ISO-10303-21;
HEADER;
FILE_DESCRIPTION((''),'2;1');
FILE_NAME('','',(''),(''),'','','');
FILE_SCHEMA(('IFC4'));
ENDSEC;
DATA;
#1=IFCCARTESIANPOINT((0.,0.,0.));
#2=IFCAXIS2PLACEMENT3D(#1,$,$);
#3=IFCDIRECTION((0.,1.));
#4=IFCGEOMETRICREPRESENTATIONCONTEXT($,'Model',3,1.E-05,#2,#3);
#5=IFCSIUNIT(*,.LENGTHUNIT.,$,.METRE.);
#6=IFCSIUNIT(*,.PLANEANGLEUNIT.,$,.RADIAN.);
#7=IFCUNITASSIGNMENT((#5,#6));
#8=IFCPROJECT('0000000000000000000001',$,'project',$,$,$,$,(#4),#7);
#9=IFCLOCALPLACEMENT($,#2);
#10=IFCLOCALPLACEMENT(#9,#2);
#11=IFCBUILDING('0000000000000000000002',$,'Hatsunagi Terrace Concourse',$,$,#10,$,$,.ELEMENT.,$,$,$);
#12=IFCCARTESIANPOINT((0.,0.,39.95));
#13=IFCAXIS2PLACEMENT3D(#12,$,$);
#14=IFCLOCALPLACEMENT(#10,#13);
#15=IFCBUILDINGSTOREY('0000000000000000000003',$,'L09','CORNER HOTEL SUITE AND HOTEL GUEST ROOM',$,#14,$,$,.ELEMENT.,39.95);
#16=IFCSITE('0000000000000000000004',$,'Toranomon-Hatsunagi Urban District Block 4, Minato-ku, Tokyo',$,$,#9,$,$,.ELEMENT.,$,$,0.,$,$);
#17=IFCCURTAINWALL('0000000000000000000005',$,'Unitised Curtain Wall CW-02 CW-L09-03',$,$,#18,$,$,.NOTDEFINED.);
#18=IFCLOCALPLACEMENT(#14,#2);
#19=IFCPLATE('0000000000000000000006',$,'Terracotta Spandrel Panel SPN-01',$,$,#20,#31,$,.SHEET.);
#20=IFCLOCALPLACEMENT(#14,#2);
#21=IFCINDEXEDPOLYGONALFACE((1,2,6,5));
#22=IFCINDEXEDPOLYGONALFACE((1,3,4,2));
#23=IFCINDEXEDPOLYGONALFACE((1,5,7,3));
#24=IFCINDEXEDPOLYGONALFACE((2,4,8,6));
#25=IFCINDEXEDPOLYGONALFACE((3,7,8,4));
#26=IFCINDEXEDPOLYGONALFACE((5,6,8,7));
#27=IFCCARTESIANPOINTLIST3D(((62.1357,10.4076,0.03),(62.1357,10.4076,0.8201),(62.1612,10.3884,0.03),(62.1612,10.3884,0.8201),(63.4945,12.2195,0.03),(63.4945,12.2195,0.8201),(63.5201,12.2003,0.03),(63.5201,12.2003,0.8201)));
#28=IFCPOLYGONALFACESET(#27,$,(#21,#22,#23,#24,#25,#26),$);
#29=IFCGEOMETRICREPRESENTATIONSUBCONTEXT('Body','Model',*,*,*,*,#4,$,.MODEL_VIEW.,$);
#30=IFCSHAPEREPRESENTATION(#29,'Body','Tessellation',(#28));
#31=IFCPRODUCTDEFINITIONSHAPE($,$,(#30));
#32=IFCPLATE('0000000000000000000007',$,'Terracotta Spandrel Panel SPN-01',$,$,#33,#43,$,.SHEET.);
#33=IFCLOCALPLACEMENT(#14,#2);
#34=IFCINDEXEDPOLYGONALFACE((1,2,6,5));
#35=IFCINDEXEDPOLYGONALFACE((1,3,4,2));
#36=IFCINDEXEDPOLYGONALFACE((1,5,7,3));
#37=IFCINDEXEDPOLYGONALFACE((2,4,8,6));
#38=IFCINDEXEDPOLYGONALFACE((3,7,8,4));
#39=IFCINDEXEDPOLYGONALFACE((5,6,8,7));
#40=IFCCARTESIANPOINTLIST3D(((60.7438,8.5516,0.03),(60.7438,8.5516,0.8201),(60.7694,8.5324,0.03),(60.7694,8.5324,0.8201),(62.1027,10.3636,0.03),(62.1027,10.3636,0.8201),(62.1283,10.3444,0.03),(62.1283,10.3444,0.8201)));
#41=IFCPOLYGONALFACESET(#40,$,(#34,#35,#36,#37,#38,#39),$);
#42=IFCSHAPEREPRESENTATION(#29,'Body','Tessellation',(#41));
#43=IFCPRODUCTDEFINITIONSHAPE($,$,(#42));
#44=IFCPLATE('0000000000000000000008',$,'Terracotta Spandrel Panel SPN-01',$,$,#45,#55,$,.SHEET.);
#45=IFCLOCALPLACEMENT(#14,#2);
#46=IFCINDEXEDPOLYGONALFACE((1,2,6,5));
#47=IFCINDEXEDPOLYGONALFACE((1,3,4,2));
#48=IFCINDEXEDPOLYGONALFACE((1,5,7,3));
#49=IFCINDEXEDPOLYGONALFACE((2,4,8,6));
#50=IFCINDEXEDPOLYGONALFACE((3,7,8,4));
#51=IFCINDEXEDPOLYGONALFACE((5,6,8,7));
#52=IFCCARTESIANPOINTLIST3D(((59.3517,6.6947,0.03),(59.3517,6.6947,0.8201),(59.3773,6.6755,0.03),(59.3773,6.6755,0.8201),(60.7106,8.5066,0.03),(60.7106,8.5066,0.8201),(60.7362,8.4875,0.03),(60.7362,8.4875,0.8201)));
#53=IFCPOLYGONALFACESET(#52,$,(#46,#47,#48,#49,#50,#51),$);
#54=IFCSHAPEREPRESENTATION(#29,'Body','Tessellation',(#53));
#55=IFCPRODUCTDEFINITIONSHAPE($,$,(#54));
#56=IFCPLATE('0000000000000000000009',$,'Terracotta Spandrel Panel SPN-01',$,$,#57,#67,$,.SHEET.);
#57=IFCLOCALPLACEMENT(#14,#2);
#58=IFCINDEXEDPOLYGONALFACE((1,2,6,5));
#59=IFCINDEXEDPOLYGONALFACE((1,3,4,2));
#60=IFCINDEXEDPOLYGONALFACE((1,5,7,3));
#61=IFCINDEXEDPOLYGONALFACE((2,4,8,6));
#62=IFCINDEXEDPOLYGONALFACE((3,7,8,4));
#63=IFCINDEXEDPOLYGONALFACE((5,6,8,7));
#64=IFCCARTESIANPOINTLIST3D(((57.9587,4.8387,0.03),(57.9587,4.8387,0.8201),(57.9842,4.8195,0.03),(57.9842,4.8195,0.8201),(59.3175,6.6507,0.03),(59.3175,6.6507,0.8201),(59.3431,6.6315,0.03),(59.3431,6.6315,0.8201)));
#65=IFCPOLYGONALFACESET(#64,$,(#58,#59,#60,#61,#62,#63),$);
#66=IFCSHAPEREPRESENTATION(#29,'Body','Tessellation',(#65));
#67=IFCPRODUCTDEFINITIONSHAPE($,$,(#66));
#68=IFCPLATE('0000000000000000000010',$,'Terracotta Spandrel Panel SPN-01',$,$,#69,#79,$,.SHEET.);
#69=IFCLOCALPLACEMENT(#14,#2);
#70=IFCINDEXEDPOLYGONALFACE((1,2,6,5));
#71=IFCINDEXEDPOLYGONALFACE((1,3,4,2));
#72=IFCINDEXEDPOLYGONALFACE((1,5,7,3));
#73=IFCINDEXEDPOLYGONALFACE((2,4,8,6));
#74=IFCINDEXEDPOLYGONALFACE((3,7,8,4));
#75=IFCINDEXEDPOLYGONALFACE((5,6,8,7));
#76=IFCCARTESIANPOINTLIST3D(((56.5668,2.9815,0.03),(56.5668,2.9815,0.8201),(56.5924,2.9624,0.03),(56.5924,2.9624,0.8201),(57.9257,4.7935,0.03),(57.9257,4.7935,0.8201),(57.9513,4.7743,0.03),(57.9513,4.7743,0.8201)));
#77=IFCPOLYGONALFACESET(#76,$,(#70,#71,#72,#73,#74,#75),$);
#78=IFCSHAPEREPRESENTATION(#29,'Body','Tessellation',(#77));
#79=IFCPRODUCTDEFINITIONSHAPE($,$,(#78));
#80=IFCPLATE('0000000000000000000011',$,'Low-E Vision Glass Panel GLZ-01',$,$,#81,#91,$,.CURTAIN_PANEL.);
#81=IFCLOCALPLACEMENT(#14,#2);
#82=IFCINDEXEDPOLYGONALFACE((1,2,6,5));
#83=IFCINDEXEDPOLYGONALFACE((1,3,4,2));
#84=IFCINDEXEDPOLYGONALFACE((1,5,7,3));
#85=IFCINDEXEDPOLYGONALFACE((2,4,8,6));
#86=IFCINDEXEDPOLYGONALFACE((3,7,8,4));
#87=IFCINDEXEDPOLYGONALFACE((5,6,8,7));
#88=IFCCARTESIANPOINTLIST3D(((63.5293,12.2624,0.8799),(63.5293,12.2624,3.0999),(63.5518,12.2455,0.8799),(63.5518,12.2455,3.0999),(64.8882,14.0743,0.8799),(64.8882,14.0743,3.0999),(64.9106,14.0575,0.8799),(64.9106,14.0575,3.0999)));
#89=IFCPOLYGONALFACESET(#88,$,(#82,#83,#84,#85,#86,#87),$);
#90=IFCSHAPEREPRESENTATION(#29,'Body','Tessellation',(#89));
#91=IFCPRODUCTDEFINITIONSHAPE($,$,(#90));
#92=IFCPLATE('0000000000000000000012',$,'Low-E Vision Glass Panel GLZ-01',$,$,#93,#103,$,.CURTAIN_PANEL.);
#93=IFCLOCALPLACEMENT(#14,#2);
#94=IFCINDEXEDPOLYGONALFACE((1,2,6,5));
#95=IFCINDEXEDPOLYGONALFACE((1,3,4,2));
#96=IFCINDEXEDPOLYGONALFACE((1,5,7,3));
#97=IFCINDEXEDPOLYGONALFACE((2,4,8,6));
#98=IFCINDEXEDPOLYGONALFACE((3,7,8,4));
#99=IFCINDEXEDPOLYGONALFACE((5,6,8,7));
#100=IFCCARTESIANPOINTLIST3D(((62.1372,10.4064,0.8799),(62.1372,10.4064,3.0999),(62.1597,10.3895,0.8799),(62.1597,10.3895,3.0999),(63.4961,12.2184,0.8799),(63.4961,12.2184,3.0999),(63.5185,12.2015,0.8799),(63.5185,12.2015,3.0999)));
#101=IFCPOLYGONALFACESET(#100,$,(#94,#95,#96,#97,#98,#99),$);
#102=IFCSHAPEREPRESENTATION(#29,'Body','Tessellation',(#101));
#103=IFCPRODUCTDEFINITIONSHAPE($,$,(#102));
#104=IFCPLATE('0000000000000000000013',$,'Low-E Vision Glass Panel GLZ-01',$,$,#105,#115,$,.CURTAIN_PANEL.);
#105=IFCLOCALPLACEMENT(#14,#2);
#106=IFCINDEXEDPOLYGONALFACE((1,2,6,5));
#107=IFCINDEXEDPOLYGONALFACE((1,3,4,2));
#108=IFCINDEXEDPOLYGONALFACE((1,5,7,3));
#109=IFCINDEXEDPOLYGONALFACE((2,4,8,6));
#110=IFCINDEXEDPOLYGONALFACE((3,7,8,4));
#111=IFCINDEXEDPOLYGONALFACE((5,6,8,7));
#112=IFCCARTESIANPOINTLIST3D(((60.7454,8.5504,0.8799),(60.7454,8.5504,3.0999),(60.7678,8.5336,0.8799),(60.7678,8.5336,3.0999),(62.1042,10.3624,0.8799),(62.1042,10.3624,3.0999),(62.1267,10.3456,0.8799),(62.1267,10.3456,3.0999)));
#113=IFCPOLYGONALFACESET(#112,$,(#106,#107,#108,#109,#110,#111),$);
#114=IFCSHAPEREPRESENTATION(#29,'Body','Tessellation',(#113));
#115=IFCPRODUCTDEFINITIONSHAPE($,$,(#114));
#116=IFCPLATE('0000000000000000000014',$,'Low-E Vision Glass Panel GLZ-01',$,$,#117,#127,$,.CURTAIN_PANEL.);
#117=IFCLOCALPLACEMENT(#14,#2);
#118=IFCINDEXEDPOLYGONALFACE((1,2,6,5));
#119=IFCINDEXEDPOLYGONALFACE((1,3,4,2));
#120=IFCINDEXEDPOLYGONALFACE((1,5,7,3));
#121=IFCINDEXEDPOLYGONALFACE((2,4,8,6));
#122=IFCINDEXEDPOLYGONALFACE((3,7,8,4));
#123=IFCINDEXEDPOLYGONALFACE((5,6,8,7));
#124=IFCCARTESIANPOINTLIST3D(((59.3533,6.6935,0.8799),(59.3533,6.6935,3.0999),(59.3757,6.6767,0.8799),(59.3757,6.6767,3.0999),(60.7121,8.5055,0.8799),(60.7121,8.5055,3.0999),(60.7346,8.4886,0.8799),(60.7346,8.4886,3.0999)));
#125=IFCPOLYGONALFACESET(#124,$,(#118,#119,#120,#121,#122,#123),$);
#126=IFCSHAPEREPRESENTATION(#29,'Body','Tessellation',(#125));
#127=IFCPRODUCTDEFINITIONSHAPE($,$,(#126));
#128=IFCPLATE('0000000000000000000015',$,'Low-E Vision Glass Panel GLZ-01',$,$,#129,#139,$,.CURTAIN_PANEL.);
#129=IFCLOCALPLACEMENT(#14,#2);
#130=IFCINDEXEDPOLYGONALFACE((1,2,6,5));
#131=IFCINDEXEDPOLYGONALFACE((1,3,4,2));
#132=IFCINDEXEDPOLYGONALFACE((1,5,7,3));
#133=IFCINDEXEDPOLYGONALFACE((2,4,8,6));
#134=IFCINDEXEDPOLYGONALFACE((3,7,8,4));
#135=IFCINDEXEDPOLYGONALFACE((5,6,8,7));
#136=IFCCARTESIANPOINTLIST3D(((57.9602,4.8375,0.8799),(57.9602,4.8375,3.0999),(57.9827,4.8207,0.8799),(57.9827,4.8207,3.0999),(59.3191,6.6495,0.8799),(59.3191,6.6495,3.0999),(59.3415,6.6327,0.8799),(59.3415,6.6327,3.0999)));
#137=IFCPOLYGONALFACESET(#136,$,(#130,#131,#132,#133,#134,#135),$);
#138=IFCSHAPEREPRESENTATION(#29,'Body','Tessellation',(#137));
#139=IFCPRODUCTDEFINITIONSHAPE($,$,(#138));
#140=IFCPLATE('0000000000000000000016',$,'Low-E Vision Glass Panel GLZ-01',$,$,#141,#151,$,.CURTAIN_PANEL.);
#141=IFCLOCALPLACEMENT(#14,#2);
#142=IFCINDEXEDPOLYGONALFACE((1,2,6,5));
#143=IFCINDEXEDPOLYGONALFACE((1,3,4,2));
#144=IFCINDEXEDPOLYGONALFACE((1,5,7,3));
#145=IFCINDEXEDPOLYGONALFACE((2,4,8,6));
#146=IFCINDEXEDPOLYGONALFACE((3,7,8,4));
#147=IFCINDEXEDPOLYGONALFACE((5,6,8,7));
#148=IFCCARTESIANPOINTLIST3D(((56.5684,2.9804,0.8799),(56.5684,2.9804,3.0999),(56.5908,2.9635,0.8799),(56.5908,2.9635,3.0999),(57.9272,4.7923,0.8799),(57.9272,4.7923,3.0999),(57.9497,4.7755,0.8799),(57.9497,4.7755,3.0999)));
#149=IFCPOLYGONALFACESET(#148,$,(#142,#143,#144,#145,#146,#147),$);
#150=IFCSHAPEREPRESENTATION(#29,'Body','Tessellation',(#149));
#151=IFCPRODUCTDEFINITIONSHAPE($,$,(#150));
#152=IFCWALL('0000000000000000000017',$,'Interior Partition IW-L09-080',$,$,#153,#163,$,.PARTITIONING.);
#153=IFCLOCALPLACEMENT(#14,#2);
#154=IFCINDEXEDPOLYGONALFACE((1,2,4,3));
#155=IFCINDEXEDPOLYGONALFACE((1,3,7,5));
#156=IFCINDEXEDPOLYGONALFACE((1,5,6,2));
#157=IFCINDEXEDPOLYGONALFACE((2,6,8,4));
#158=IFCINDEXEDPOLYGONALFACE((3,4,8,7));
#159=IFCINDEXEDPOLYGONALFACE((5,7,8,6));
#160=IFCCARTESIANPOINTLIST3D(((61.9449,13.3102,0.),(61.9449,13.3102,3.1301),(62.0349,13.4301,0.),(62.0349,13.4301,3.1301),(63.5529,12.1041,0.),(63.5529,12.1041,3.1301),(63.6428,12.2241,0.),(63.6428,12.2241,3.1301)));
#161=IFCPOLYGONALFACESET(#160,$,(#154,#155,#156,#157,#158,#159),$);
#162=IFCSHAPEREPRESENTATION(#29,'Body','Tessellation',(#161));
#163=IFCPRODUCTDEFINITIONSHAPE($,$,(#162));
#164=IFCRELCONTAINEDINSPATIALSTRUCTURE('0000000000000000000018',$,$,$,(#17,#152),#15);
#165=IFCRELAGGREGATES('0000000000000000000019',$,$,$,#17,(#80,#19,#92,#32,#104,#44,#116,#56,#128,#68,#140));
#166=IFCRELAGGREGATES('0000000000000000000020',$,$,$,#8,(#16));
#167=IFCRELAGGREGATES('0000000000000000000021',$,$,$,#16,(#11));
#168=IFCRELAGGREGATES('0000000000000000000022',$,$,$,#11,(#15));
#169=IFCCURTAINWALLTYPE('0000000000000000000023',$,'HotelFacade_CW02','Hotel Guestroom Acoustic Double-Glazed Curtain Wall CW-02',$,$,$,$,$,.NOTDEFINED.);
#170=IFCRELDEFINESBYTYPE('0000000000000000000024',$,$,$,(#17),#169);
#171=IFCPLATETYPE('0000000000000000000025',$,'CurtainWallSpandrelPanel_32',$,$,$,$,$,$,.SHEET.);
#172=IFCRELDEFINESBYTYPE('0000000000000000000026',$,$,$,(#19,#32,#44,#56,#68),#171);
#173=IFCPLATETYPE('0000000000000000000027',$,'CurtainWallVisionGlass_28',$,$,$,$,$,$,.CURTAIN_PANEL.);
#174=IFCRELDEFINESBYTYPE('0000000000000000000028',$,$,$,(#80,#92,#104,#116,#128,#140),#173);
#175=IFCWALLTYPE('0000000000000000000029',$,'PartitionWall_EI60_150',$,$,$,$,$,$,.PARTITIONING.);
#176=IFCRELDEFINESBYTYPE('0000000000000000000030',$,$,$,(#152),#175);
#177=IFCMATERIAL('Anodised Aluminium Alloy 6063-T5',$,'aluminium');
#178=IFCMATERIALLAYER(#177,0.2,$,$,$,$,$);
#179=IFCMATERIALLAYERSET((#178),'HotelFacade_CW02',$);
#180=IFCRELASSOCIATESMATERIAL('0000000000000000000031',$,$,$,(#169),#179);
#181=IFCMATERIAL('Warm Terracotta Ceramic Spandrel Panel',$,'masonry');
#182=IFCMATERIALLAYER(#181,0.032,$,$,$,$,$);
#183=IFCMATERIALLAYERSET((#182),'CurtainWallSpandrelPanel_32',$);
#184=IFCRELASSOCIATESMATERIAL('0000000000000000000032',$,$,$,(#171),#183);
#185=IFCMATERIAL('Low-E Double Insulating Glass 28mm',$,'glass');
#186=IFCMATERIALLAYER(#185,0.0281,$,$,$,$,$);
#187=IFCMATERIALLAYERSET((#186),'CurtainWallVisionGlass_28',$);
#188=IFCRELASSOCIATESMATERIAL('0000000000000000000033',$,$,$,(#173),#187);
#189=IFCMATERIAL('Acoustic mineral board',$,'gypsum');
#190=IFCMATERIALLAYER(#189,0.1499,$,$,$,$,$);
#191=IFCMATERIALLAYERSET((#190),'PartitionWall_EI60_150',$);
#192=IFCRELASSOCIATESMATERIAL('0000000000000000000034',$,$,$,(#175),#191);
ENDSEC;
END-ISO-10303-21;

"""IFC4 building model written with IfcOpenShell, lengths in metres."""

from ifc_helpers import new_model, si_unit, direction, frame, frame_2d, origin, origin_2d, place, context, subcontext, project, spatial, rectangle, extrude, material, layer, layer_set, type_object, element, aggregate, save


model = new_model("IFC4")

# Units and contexts
model_context = context("Model", 3, precision=1e-05, world=origin(), true_north=direction((0.0, 1.0)))
body_context = subcontext(model_context, "Body", "Model", "MODEL_VIEW")
ifc_project = project(units=[si_unit("LENGTHUNIT", "METRE"), si_unit("PLANEANGLEUNIT", "RADIAN")], contexts=[model_context])

# Site, building, storey
site_placement = place(None, origin())
site = spatial("IfcSite", under=ifc_project, at=site_placement, Name="Toranomon-Hatsunagi Urban District Block 4, Minato-ku, Tokyo", CompositionType="ELEMENT", RefElevation=0.0)
building_placement = place(site_placement, origin())
building = spatial("IfcBuilding", under=site, at=building_placement, Name="Hatsunagi Terrace Concourse", CompositionType="ELEMENT")
storey_placement = place(building_placement, frame((0.0, 0.0, 39.95)))
storey = spatial("IfcBuildingStorey", under=building, at=storey_placement, Name="L09", Description="CORNER HOTEL SUITE AND HOTEL GUEST ROOM", CompositionType="ELEMENT", Elevation=39.95)

# Curtain wall
ifc_material_1 = material(Name="Anodised Aluminium Alloy 6063-T5", Category="aluminium")
ifc_layer_1 = layer(ifc_material_1, 0.2)
ifc_layer_set_1 = layer_set([ifc_layer_1], Name="HotelFacade_CW02")
curtain_wall_type = type_object("IfcCurtainWallType", Name="HotelFacade_CW02", Description="Hotel Guestroom Acoustic Double-Glazed Curtain Wall CW-02", PredefinedType="NOTDEFINED", material=ifc_layer_set_1)
curtain_wall_placement = place(storey_placement, origin())
curtain_wall = element("IfcCurtainWall", 1, at=curtain_wall_placement, inside=storey, type_object=curtain_wall_type, Name="Unitised Curtain Wall CW-02 CW-L09-03", PredefinedType="NOTDEFINED")

# Plates
ifc_material_2 = material(Name="Warm Terracotta Ceramic Spandrel Panel", Category="masonry")
ifc_layer_2 = layer(ifc_material_2, 0.032)
ifc_layer_set_2 = layer_set([ifc_layer_2], Name="CurtainWallSpandrelPanel_32")
plate_type_1 = type_object("IfcPlateType", Name="CurtainWallSpandrelPanel_32", PredefinedType="SHEET", material=ifc_layer_set_2)
plate_1_placement = place(storey_placement, frame((62.8279, 11.304, 0.03), z_axis=(0.0, 0.0, 1.0), x_axis=(-0.599969, -0.800023, 0.0)))
plate_1 = element("IfcPlate", 2, at=plate_1_placement, type_object=plate_type_1, Name="Terracotta Spandrel Panel SPN-01", PredefinedType="SHEET", context=body_context, shape_type="SweptSolid", body=[
    extrude(rectangle(XDim=2.2649, YDim=0.032, at=origin_2d()), origin(), (0.0, 0.0, 1.0), 0.79),
])
plate_2_placement = place(storey_placement, frame((61.436, 9.448, 0.03), z_axis=(0.0, 0.0, 1.0), x_axis=(-0.599969, -0.800023, 0.0)))
plate_2 = element("IfcPlate", 3, at=plate_2_placement, type_object=plate_type_1, Name="Terracotta Spandrel Panel SPN-01", PredefinedType="SHEET", context=body_context, shape_type="SweptSolid", body=[
    extrude(rectangle(XDim=2.2649, YDim=0.032, at=origin_2d()), origin(), (0.0, 0.0, 1.0), 0.79),
])
plate_3_placement = place(storey_placement, frame((60.0439, 7.5911, 0.03), z_axis=(0.0, 0.0, 1.0), x_axis=(-0.599969, -0.800023, 0.0)))
plate_3 = element("IfcPlate", 4, at=plate_3_placement, type_object=plate_type_1, Name="Terracotta Spandrel Panel SPN-01", PredefinedType="SHEET", context=body_context, shape_type="SweptSolid", body=[
    extrude(rectangle(XDim=2.2649, YDim=0.032, at=origin_2d()), origin(), (0.0, 0.0, 1.0), 0.79),
])
plate_4_placement = place(storey_placement, frame((58.6509, 5.7351, 0.03), z_axis=(0.0, 0.0, 1.0), x_axis=(-0.599969, -0.800023, 0.0)))
plate_4 = element("IfcPlate", 5, at=plate_4_placement, type_object=plate_type_1, Name="Terracotta Spandrel Panel SPN-01", PredefinedType="SHEET", context=body_context, shape_type="SweptSolid", body=[
    extrude(rectangle(XDim=2.2649, YDim=0.032, at=origin_2d()), origin(), (0.0, 0.0, 1.0), 0.79),
])
plate_5_placement = place(storey_placement, frame((57.259, 3.8779, 0.03), z_axis=(0.0, 0.0, 1.0), x_axis=(-0.599969, -0.800023, 0.0)))
plate_5 = element("IfcPlate", 6, at=plate_5_placement, type_object=plate_type_1, Name="Terracotta Spandrel Panel SPN-01", PredefinedType="SHEET", context=body_context, shape_type="SweptSolid", body=[
    extrude(rectangle(XDim=2.2649, YDim=0.032, at=origin_2d()), origin(), (0.0, 0.0, 1.0), 0.79),
])
ifc_material_3 = material(Name="Low-E Double Insulating Glass 28mm", Category="glass")
ifc_layer_3 = layer(ifc_material_3, 0.0281)
ifc_layer_set_3 = layer_set([ifc_layer_3], Name="CurtainWallVisionGlass_28")
plate_type_2 = type_object("IfcPlateType", Name="CurtainWallVisionGlass_28", PredefinedType="CURTAIN_PANEL", material=ifc_layer_set_3)
plate_6_placement = place(storey_placement, frame((64.22, 13.1599, 0.8799), z_axis=(0.0, 0.0, 1.0), x_axis=(-0.599969, -0.800023, 0.0)))
plate_6 = element("IfcPlate", 7, at=plate_6_placement, type_object=plate_type_2, Name="Low-E Vision Glass Panel GLZ-01", PredefinedType="CURTAIN_PANEL", context=body_context, shape_type="SweptSolid", body=[
    extrude(rectangle(XDim=2.2649, YDim=0.0281, at=origin_2d()), origin(), (0.0, 0.0, 1.0), 2.22),
])
plate_7_placement = place(storey_placement, frame((62.8279, 11.304, 0.8799), z_axis=(0.0, 0.0, 1.0), x_axis=(-0.599969, -0.800023, 0.0)))
plate_7 = element("IfcPlate", 8, at=plate_7_placement, type_object=plate_type_2, Name="Low-E Vision Glass Panel GLZ-01", PredefinedType="CURTAIN_PANEL", context=body_context, shape_type="SweptSolid", body=[
    extrude(rectangle(XDim=2.2649, YDim=0.0281, at=origin_2d()), origin(), (0.0, 0.0, 1.0), 2.22),
])
plate_8_placement = place(storey_placement, frame((61.436, 9.448, 0.8799), z_axis=(0.0, 0.0, 1.0), x_axis=(-0.599969, -0.800023, 0.0)))
plate_8 = element("IfcPlate", 9, at=plate_8_placement, type_object=plate_type_2, Name="Low-E Vision Glass Panel GLZ-01", PredefinedType="CURTAIN_PANEL", context=body_context, shape_type="SweptSolid", body=[
    extrude(rectangle(XDim=2.2649, YDim=0.0281, at=origin_2d()), origin(), (0.0, 0.0, 1.0), 2.22),
])
plate_9_placement = place(storey_placement, frame((60.0439, 7.5911, 0.8799), z_axis=(0.0, 0.0, 1.0), x_axis=(-0.599969, -0.800023, 0.0)))
plate_9 = element("IfcPlate", 10, at=plate_9_placement, type_object=plate_type_2, Name="Low-E Vision Glass Panel GLZ-01", PredefinedType="CURTAIN_PANEL", context=body_context, shape_type="SweptSolid", body=[
    extrude(rectangle(XDim=2.2649, YDim=0.0281, at=origin_2d()), origin(), (0.0, 0.0, 1.0), 2.22),
])
plate_10_placement = place(storey_placement, frame((58.6509, 5.7351, 0.8799), z_axis=(0.0, 0.0, 1.0), x_axis=(-0.599969, -0.800023, 0.0)))
plate_10 = element("IfcPlate", 11, at=plate_10_placement, type_object=plate_type_2, Name="Low-E Vision Glass Panel GLZ-01", PredefinedType="CURTAIN_PANEL", context=body_context, shape_type="SweptSolid", body=[
    extrude(rectangle(XDim=2.2649, YDim=0.0281, at=origin_2d()), origin(), (0.0, 0.0, 1.0), 2.22),
])
plate_11_placement = place(storey_placement, frame((57.259, 3.8779, 0.8799), z_axis=(0.0, 0.0, 1.0), x_axis=(-0.599969, -0.800023, 0.0)))
plate_11 = element("IfcPlate", 12, at=plate_11_placement, type_object=plate_type_2, Name="Low-E Vision Glass Panel GLZ-01", PredefinedType="CURTAIN_PANEL", context=body_context, shape_type="SweptSolid", body=[
    extrude(rectangle(XDim=2.2649, YDim=0.0281, at=origin_2d()), origin(), (0.0, 0.0, 1.0), 2.22),
])
aggregate(curtain_wall, [plate_6, plate_1, plate_7, plate_2, plate_8, plate_3, plate_9, plate_4, plate_10, plate_5, plate_11])

# Wall
ifc_material_4 = material(Name="Acoustic mineral board", Category="gypsum")
ifc_layer_4 = layer(ifc_material_4, 0.1499)
ifc_layer_set_4 = layer_set([ifc_layer_4], Name="PartitionWall_EI60_150")
wall_type_1 = type_object("IfcWallType", Name="PartitionWall_EI60_150", PredefinedType="PARTITIONING", material=ifc_layer_set_4)
wall_1_placement = place(storey_placement, frame((61.99, 13.3701, 0.0), z_axis=(0.0, 0.0, 1.0), x_axis=(0.799971, -0.600039, 0.0)))
element("IfcWall", 13, at=wall_1_placement, inside=storey, type_object=wall_type_1, Name="Interior Partition IW-L09-080", PredefinedType="PARTITIONING", context=body_context, shape_type="SweptSolid", body=[
    extrude(rectangle(XDim=2.01, YDim=0.1499, at=frame_2d((1.0049, 0.0))), origin(), (0.0, 0.0, 1.0), 3.1301),
])

save(model, "model.ifc")
